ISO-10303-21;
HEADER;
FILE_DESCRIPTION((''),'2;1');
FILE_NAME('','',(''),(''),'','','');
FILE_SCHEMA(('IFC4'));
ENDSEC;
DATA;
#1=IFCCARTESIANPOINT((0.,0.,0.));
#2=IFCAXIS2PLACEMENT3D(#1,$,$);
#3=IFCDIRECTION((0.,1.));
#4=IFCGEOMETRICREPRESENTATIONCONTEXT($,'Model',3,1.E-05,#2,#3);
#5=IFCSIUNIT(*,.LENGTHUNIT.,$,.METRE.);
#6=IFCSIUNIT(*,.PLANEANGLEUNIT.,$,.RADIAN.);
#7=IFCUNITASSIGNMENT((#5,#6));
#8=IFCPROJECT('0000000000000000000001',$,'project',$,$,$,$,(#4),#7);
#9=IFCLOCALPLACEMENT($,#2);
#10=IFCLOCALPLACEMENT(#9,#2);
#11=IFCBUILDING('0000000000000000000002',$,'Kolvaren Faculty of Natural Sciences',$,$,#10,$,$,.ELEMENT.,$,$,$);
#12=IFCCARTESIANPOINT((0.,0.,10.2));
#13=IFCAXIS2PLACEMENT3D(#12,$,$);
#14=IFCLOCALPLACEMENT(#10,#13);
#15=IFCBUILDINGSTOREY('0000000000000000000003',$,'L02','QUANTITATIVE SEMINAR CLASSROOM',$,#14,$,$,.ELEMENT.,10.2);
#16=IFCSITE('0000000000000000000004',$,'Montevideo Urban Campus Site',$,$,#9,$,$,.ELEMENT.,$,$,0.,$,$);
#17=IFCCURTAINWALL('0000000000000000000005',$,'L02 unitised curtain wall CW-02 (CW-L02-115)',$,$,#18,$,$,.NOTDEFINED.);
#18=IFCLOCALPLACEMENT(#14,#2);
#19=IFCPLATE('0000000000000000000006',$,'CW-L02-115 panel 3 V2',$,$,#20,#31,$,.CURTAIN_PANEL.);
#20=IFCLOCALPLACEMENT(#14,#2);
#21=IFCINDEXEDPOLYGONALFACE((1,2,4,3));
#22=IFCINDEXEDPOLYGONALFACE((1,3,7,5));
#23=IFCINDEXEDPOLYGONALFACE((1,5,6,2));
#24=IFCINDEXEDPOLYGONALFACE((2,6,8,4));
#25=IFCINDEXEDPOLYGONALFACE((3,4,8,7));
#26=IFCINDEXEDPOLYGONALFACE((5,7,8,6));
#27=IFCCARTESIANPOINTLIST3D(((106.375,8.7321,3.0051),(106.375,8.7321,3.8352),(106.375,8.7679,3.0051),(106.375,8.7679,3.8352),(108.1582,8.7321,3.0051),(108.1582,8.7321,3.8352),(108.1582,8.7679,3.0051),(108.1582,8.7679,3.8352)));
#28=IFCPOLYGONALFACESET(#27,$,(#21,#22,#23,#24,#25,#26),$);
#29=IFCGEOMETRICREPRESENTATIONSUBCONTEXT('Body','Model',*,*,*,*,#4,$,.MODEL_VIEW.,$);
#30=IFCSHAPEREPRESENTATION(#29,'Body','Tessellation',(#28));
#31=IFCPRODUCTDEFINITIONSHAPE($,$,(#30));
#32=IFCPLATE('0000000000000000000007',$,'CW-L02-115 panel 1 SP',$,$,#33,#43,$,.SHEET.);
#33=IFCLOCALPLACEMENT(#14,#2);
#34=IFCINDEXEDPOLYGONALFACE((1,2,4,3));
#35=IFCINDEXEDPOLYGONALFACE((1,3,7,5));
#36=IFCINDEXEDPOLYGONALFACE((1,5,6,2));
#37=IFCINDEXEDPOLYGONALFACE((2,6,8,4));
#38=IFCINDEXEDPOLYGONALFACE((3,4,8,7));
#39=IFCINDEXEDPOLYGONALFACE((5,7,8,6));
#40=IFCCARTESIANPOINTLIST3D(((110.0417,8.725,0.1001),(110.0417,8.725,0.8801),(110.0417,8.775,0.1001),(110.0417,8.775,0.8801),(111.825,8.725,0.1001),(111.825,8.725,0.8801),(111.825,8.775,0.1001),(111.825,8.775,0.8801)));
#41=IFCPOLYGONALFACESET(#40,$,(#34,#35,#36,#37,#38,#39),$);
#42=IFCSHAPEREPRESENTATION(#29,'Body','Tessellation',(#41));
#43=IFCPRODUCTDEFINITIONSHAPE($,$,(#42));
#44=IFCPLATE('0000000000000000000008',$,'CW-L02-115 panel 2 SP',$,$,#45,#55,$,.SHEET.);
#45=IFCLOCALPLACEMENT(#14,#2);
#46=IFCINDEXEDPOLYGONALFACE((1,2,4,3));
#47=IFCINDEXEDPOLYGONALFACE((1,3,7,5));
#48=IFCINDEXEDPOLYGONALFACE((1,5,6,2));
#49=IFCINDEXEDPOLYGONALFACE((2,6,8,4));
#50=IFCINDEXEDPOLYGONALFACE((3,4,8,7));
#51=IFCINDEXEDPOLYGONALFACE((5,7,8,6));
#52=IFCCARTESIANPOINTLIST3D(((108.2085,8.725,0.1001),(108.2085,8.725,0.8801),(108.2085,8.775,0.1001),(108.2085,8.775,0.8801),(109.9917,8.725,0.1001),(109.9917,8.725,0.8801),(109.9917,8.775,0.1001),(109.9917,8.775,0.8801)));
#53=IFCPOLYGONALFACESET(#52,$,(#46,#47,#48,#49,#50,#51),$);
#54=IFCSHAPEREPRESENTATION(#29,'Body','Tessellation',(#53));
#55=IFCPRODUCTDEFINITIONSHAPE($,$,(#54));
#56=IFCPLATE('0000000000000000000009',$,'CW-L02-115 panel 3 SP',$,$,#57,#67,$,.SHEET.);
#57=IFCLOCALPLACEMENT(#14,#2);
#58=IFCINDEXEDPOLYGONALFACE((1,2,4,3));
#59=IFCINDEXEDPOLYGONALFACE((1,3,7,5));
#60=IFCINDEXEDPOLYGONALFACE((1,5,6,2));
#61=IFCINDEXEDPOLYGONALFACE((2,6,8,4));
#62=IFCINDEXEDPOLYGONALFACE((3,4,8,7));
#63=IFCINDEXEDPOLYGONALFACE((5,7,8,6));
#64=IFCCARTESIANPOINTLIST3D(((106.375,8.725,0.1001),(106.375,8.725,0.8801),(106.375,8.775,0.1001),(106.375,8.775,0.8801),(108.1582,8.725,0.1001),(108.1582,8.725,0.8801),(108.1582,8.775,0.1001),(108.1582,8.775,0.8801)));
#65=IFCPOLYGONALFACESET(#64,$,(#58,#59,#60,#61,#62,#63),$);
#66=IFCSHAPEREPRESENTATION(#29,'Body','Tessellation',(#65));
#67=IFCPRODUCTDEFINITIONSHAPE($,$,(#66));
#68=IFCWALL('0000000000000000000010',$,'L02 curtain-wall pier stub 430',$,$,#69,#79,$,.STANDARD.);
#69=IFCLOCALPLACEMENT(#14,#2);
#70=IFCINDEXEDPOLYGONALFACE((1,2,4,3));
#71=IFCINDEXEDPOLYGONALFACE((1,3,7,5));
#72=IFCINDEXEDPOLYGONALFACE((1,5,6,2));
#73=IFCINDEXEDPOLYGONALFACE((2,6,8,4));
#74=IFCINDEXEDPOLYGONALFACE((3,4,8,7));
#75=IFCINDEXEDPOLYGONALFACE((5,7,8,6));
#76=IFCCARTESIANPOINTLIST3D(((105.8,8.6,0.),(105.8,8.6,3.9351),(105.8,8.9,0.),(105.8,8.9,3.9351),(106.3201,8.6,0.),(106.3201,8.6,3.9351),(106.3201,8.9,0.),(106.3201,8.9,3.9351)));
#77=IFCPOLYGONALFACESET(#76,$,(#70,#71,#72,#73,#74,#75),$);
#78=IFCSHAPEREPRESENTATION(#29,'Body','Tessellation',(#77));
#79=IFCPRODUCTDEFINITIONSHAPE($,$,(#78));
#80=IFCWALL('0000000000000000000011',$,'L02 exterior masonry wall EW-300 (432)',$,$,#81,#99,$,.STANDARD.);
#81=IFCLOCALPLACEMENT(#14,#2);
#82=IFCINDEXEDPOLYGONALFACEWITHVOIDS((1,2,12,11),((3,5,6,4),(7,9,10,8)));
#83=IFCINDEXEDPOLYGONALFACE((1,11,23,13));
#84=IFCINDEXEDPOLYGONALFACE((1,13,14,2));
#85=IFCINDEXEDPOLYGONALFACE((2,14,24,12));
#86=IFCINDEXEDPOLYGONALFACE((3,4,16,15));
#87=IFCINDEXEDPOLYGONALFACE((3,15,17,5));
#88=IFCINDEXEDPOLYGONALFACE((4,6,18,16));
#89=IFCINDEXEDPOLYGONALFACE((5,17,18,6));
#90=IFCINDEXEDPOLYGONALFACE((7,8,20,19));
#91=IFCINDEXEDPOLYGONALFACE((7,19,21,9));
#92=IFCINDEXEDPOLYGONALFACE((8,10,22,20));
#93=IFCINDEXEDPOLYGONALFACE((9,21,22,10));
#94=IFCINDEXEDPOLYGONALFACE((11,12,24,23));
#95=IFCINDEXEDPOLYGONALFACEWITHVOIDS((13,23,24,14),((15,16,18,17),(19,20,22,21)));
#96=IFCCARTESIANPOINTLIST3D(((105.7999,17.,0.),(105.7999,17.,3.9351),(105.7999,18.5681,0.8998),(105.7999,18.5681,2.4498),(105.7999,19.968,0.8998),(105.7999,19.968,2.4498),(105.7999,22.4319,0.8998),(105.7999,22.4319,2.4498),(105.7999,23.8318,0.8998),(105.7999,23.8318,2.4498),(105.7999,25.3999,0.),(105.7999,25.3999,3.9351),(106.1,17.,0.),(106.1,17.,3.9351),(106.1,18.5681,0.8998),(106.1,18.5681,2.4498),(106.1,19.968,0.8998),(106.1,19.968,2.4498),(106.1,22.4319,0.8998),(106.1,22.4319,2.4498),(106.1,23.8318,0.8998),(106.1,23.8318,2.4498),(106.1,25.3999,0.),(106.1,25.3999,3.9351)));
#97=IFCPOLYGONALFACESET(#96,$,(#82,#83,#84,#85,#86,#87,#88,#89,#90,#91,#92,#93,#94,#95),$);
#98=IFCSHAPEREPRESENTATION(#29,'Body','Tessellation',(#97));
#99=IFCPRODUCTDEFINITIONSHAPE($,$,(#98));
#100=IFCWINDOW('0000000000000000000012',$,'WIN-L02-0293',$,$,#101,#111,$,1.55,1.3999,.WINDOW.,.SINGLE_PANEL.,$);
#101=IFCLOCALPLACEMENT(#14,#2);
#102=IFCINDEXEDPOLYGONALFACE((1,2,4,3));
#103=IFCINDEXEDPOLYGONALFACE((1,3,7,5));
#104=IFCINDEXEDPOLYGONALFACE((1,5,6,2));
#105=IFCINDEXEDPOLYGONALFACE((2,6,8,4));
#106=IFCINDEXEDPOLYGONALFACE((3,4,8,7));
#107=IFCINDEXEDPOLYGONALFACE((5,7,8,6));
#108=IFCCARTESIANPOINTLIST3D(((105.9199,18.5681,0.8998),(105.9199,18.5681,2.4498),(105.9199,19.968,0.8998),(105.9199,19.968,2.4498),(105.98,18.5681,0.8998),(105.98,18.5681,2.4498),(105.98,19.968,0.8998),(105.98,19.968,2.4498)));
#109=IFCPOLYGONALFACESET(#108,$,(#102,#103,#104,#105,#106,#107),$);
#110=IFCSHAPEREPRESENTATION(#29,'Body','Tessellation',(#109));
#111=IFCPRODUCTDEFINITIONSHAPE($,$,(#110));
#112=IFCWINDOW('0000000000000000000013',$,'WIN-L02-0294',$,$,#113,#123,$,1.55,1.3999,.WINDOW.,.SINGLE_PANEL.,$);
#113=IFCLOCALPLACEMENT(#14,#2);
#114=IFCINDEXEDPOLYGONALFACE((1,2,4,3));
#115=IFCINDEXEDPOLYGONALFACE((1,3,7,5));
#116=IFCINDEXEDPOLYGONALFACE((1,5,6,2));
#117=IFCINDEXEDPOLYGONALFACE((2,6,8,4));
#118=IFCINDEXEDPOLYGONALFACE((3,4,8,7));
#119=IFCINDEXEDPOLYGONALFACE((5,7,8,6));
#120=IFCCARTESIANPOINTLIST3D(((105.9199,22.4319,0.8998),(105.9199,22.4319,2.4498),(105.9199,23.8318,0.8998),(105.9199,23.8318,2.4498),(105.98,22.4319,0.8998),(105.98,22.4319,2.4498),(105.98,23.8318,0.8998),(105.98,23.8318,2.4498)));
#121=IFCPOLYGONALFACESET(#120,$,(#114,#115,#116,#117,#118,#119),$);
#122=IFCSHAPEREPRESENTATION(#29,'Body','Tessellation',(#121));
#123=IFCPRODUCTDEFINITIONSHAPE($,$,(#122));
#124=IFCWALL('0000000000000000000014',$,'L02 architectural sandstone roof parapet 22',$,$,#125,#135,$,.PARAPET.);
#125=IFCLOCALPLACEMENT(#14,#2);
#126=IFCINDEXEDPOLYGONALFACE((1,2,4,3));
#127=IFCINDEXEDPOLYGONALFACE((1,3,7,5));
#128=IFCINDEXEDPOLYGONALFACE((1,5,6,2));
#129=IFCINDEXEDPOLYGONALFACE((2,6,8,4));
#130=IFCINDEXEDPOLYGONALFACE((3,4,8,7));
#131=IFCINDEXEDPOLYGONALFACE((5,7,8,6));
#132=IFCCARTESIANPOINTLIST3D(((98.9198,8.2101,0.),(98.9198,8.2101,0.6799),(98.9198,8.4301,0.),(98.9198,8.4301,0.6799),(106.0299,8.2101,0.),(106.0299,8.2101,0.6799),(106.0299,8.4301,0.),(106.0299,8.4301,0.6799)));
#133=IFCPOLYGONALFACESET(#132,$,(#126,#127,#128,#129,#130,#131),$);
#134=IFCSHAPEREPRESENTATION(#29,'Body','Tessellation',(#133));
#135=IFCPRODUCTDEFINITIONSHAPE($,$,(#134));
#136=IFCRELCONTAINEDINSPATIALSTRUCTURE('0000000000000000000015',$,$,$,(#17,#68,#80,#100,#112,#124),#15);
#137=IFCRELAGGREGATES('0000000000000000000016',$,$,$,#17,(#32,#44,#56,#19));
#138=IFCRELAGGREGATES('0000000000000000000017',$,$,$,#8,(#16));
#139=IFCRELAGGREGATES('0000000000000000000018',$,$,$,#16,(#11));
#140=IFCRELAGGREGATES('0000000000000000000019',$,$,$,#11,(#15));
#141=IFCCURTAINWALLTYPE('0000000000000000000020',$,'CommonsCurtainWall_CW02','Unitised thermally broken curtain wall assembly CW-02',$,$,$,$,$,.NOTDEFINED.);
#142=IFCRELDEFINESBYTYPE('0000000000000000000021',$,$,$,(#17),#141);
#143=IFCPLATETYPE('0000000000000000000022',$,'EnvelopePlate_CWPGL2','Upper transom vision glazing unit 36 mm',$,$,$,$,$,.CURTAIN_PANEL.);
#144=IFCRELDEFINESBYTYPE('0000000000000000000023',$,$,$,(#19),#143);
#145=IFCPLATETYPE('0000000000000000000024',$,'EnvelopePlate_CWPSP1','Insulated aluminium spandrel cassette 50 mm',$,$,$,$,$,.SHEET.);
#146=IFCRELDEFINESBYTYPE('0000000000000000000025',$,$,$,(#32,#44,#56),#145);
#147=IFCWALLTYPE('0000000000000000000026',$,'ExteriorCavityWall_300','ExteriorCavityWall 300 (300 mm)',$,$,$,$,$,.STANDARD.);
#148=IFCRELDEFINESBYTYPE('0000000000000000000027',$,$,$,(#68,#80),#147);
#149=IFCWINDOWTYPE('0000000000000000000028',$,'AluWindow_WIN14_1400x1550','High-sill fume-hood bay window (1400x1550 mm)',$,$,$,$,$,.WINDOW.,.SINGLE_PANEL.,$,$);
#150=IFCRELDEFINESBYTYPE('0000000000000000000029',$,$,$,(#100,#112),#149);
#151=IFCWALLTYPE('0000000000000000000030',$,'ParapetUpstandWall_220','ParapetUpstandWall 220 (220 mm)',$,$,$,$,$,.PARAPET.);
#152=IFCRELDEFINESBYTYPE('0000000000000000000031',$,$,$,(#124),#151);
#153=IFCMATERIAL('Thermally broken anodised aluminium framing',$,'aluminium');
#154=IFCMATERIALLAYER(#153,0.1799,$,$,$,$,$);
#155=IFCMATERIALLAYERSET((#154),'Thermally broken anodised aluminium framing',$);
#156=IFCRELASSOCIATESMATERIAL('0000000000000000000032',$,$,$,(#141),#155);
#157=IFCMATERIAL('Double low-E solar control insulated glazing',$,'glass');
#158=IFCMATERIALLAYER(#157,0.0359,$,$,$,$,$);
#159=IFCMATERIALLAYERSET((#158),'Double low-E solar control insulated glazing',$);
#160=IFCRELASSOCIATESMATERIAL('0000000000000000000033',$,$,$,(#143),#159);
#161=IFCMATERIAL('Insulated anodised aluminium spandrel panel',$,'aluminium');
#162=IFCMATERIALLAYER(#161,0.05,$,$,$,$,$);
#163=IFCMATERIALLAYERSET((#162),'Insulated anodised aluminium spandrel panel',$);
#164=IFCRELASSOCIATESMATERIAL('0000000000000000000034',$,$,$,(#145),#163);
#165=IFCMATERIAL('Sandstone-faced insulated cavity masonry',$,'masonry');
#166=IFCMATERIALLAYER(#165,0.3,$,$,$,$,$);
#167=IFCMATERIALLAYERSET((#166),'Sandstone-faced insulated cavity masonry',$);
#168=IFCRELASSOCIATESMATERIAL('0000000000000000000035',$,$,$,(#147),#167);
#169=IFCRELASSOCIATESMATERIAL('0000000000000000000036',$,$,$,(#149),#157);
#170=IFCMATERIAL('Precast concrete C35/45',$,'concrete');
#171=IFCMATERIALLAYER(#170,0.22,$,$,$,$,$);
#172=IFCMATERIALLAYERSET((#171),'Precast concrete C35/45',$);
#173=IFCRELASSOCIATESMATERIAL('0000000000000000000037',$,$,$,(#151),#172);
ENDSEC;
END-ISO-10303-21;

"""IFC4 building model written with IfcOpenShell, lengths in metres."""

from ifc_helpers import new_model, si_unit, direction, frame, frame_2d, origin, origin_2d, place, context, subcontext, project, spatial, rectangle, extrude, material, layer, layer_set, type_object, element, fill, aggregate, save


model = new_model("IFC4")

# Units and contexts
model_context = context("Model", 3, precision=1e-05, world=origin(), true_north=direction((0.0, 1.0)))
body_context = subcontext(model_context, "Body", "Model", "MODEL_VIEW")
ifc_project = project(units=[si_unit("LENGTHUNIT", "METRE"), si_unit("PLANEANGLEUNIT", "RADIAN")], contexts=[model_context])

# Site, building, storey
site_placement = place(None, origin())
site = spatial("IfcSite", under=ifc_project, at=site_placement, Name="Montevideo Urban Campus Site", CompositionType="ELEMENT", RefElevation=0.0)
building_placement = place(site_placement, origin())
building = spatial("IfcBuilding", under=site, at=building_placement, Name="Kolvaren Faculty of Natural Sciences", CompositionType="ELEMENT")
storey_placement = place(building_placement, frame((0.0, 0.0, 10.2)))
storey = spatial("IfcBuildingStorey", under=building, at=storey_placement, Name="L02", Description="QUANTITATIVE SEMINAR CLASSROOM", CompositionType="ELEMENT", Elevation=10.2)

# Curtain wall
ifc_material_1 = material(Name="Thermally broken anodised aluminium framing", Category="aluminium")
ifc_layer_1 = layer(ifc_material_1, 0.1799)
ifc_layer_set_1 = layer_set([ifc_layer_1], Name="Thermally broken anodised aluminium framing")
curtain_wall_type = type_object("IfcCurtainWallType", Name="CommonsCurtainWall_CW02", Description="Unitised thermally broken curtain wall assembly CW-02", PredefinedType="NOTDEFINED", material=ifc_layer_set_1)
curtain_wall_placement = place(storey_placement, origin())
curtain_wall = element("IfcCurtainWall", 1, at=curtain_wall_placement, inside=storey, type_object=curtain_wall_type, Name="L02 unitised curtain wall CW-02 (CW-L02-115)", PredefinedType="NOTDEFINED")

# Plates
ifc_material_2 = material(Name="Double low-E solar control insulated glazing", Category="glass")
ifc_layer_2 = layer(ifc_material_2, 0.0359)
ifc_layer_set_2 = layer_set([ifc_layer_2], Name="Double low-E solar control insulated glazing")
plate_type_1 = type_object("IfcPlateType", Name="EnvelopePlate_CWPGL2", Description="Upper transom vision glazing unit 36 mm", PredefinedType="CURTAIN_PANEL", material=ifc_layer_set_2)
plate_1_placement = place(storey_placement, frame((107.2666, 8.75, 3.0051), z_axis=(0.0, 0.0, 1.0), x_axis=(-1.0, 0.0, 0.0)))
plate_1 = element("IfcPlate", 2, at=plate_1_placement, type_object=plate_type_1, Name="CW-L02-115 panel 3 V2", PredefinedType="CURTAIN_PANEL", context=body_context, shape_type="SweptSolid", body=[
    extrude(rectangle(XDim=1.7832, YDim=0.0359, at=origin_2d()), origin(), (0.0, 0.0, 1.0), 0.8301),
])
ifc_material_3 = material(Name="Insulated anodised aluminium spandrel panel", Category="aluminium")
ifc_layer_3 = layer(ifc_material_3, 0.05)
ifc_layer_set_3 = layer_set([ifc_layer_3], Name="Insulated anodised aluminium spandrel panel")
plate_type_2 = type_object("IfcPlateType", Name="EnvelopePlate_CWPSP1", Description="Insulated aluminium spandrel cassette 50 mm", PredefinedType="SHEET", material=ifc_layer_set_3)
plate_2_placement = place(storey_placement, frame((110.9333, 8.75, 0.1001), z_axis=(0.0, 0.0, 1.0), x_axis=(-1.0, 0.0, 0.0)))
plate_2 = element("IfcPlate", 3, at=plate_2_placement, type_object=plate_type_2, Name="CW-L02-115 panel 1 SP", PredefinedType="SHEET", context=body_context, shape_type="SweptSolid", body=[
    extrude(rectangle(XDim=1.7832, YDim=0.05, at=origin_2d()), origin(), (0.0, 0.0, 1.0), 0.78),
])
plate_3_placement = place(storey_placement, frame((109.1001, 8.75, 0.1001), z_axis=(0.0, 0.0, 1.0), x_axis=(-1.0, 0.0, 0.0)))
plate_3 = element("IfcPlate", 4, at=plate_3_placement, type_object=plate_type_2, Name="CW-L02-115 panel 2 SP", PredefinedType="SHEET", context=body_context, shape_type="SweptSolid", body=[
    extrude(rectangle(XDim=1.7832, YDim=0.05, at=origin_2d()), origin(), (0.0, 0.0, 1.0), 0.78),
])
plate_4_placement = place(storey_placement, frame((107.2666, 8.75, 0.1001), z_axis=(0.0, 0.0, 1.0), x_axis=(-1.0, 0.0, 0.0)))
plate_4 = element("IfcPlate", 5, at=plate_4_placement, type_object=plate_type_2, Name="CW-L02-115 panel 3 SP", PredefinedType="SHEET", context=body_context, shape_type="SweptSolid", body=[
    extrude(rectangle(XDim=1.7832, YDim=0.05, at=origin_2d()), origin(), (0.0, 0.0, 1.0), 0.78),
])
aggregate(curtain_wall, [plate_2, plate_3, plate_4, plate_1])

# Wall
ifc_material_4 = material(Name="Sandstone-faced insulated cavity masonry", Category="masonry")
ifc_layer_4 = layer(ifc_material_4, 0.3)
ifc_layer_set_4 = layer_set([ifc_layer_4], Name="Sandstone-faced insulated cavity masonry")
wall_type_1 = type_object("IfcWallType", Name="ExteriorCavityWall_300", Description="ExteriorCavityWall 300 (300 mm)", PredefinedType="STANDARD", material=ifc_layer_set_4)
wall_1_placement = place(storey_placement, frame((106.3201, 8.75, 0.0), z_axis=(0.0, 0.0, 1.0), x_axis=(-1.0, 0.0, 0.0)))
element("IfcWall", 6, at=wall_1_placement, inside=storey, type_object=wall_type_1, Name="L02 curtain-wall pier stub 430", PredefinedType="STANDARD", context=body_context, shape_type="SweptSolid", body=[
    extrude(rectangle(XDim=0.52, YDim=0.3, at=frame_2d((0.26, 0.0))), origin(), (0.0, 0.0, 1.0), 3.9351),
])

# Wall, openings, windows
wall_2_placement = place(storey_placement, frame((105.95, 17.0, 0.0), z_axis=(0.0, 0.0, 1.0), x_axis=(0.0, 1.0, 0.0)))
wall_2 = element("IfcWall", 7, at=wall_2_placement, inside=storey, type_object=wall_type_1, Name="L02 exterior masonry wall EW-300 (432)", PredefinedType="STANDARD", context=body_context, shape_type="SweptSolid", body=[
    extrude(rectangle(XDim=8.3999, YDim=0.3, at=frame_2d((4.2, 0.0))), origin(), (0.0, 0.0, 1.0), 3.9351),
])
opening_1_placement = place(wall_2_placement, frame((1.5681, 0.0, 0.8999)))
opening_1 = element("IfcOpeningElement", 8, at=opening_1_placement, cuts=wall_2, PredefinedType="OPENING", context=body_context, shape_type="SweptSolid", body=[
    extrude(rectangle(XDim=1.3999, YDim=1.55, at=frame_2d((0.7, 0.7749))), frame((0.0, 0.1599, 0.0), z_axis=(0.0, -1.0, 0.0), x_axis=(1.0, 0.0, 0.0)), (0.0, 0.0, 1.0), 0.3201),
])
opening_2_placement = place(wall_2_placement, frame((5.4319, 0.0, 0.8999)))
opening_2 = element("IfcOpeningElement", 9, at=opening_2_placement, cuts=wall_2, PredefinedType="OPENING", context=body_context, shape_type="SweptSolid", body=[
    extrude(rectangle(XDim=1.3999, YDim=1.55, at=frame_2d((0.7, 0.7749))), frame((0.0, 0.1599, 0.0), z_axis=(0.0, -1.0, 0.0), x_axis=(1.0, 0.0, 0.0)), (0.0, 0.0, 1.0), 0.3201),
])
window_type = type_object("IfcWindowType", Name="AluWindow_WIN14_1400x1550", Description="High-sill fume-hood bay window (1400x1550 mm)", PartitioningType="SINGLE_PANEL", PredefinedType="WINDOW", material=ifc_material_2)
window_1_placement = place(opening_1_placement, origin())
window_1 = element("IfcWindow", 10, at=window_1_placement, inside=storey, type_object=window_type, Name="WIN-L02-0293", OverallHeight=1.55, OverallWidth=1.3999, PartitioningType="SINGLE_PANEL", PredefinedType="WINDOW", context=body_context, shape_type="SweptSolid", body=[
    extrude(rectangle(XDim=1.3999, YDim=1.55, at=frame_2d((0.7, 0.7749))), frame((0.0, 0.03, 0.0), z_axis=(0.0, -1.0, 0.0), x_axis=(1.0, 0.0, 0.0)), (0.0, 0.0, 1.0), 0.0601),
])
fill(opening_1, window_1)
window_2_placement = place(opening_2_placement, origin())
window_2 = element("IfcWindow", 11, at=window_2_placement, inside=storey, type_object=window_type, Name="WIN-L02-0294", OverallHeight=1.55, OverallWidth=1.3999, PartitioningType="SINGLE_PANEL", PredefinedType="WINDOW", context=body_context, shape_type="SweptSolid", body=[
    extrude(rectangle(XDim=1.3999, YDim=1.55, at=frame_2d((0.7, 0.7749))), frame((0.0, 0.03, 0.0), z_axis=(0.0, -1.0, 0.0), x_axis=(1.0, 0.0, 0.0)), (0.0, 0.0, 1.0), 0.0601),
])
fill(opening_2, window_2)

# Wall
ifc_material_5 = material(Name="Precast concrete C35/45", Category="concrete")
ifc_layer_5 = layer(ifc_material_5, 0.22)
ifc_layer_set_5 = layer_set([ifc_layer_5], Name="Precast concrete C35/45")
wall_type_2 = type_object("IfcWallType", Name="ParapetUpstandWall_220", Description="ParapetUpstandWall 220 (220 mm)", PredefinedType="PARAPET", material=ifc_layer_set_5)
wall_3_placement = place(storey_placement, frame((106.03, 8.3201, 0.0), z_axis=(0.0, 0.0, 1.0), x_axis=(-1.0, 0.0, 0.0)))
element("IfcWall", 12, at=wall_3_placement, inside=storey, type_object=wall_type_2, Name="L02 architectural sandstone roof parapet 22", PredefinedType="PARAPET", context=body_context, shape_type="SweptSolid", body=[
    extrude(rectangle(XDim=7.1101, YDim=0.22, at=frame_2d((3.5552, 0.0))), origin(), (0.0, 0.0, 1.0), 0.6799),
])

save(model, "model.ifc")
